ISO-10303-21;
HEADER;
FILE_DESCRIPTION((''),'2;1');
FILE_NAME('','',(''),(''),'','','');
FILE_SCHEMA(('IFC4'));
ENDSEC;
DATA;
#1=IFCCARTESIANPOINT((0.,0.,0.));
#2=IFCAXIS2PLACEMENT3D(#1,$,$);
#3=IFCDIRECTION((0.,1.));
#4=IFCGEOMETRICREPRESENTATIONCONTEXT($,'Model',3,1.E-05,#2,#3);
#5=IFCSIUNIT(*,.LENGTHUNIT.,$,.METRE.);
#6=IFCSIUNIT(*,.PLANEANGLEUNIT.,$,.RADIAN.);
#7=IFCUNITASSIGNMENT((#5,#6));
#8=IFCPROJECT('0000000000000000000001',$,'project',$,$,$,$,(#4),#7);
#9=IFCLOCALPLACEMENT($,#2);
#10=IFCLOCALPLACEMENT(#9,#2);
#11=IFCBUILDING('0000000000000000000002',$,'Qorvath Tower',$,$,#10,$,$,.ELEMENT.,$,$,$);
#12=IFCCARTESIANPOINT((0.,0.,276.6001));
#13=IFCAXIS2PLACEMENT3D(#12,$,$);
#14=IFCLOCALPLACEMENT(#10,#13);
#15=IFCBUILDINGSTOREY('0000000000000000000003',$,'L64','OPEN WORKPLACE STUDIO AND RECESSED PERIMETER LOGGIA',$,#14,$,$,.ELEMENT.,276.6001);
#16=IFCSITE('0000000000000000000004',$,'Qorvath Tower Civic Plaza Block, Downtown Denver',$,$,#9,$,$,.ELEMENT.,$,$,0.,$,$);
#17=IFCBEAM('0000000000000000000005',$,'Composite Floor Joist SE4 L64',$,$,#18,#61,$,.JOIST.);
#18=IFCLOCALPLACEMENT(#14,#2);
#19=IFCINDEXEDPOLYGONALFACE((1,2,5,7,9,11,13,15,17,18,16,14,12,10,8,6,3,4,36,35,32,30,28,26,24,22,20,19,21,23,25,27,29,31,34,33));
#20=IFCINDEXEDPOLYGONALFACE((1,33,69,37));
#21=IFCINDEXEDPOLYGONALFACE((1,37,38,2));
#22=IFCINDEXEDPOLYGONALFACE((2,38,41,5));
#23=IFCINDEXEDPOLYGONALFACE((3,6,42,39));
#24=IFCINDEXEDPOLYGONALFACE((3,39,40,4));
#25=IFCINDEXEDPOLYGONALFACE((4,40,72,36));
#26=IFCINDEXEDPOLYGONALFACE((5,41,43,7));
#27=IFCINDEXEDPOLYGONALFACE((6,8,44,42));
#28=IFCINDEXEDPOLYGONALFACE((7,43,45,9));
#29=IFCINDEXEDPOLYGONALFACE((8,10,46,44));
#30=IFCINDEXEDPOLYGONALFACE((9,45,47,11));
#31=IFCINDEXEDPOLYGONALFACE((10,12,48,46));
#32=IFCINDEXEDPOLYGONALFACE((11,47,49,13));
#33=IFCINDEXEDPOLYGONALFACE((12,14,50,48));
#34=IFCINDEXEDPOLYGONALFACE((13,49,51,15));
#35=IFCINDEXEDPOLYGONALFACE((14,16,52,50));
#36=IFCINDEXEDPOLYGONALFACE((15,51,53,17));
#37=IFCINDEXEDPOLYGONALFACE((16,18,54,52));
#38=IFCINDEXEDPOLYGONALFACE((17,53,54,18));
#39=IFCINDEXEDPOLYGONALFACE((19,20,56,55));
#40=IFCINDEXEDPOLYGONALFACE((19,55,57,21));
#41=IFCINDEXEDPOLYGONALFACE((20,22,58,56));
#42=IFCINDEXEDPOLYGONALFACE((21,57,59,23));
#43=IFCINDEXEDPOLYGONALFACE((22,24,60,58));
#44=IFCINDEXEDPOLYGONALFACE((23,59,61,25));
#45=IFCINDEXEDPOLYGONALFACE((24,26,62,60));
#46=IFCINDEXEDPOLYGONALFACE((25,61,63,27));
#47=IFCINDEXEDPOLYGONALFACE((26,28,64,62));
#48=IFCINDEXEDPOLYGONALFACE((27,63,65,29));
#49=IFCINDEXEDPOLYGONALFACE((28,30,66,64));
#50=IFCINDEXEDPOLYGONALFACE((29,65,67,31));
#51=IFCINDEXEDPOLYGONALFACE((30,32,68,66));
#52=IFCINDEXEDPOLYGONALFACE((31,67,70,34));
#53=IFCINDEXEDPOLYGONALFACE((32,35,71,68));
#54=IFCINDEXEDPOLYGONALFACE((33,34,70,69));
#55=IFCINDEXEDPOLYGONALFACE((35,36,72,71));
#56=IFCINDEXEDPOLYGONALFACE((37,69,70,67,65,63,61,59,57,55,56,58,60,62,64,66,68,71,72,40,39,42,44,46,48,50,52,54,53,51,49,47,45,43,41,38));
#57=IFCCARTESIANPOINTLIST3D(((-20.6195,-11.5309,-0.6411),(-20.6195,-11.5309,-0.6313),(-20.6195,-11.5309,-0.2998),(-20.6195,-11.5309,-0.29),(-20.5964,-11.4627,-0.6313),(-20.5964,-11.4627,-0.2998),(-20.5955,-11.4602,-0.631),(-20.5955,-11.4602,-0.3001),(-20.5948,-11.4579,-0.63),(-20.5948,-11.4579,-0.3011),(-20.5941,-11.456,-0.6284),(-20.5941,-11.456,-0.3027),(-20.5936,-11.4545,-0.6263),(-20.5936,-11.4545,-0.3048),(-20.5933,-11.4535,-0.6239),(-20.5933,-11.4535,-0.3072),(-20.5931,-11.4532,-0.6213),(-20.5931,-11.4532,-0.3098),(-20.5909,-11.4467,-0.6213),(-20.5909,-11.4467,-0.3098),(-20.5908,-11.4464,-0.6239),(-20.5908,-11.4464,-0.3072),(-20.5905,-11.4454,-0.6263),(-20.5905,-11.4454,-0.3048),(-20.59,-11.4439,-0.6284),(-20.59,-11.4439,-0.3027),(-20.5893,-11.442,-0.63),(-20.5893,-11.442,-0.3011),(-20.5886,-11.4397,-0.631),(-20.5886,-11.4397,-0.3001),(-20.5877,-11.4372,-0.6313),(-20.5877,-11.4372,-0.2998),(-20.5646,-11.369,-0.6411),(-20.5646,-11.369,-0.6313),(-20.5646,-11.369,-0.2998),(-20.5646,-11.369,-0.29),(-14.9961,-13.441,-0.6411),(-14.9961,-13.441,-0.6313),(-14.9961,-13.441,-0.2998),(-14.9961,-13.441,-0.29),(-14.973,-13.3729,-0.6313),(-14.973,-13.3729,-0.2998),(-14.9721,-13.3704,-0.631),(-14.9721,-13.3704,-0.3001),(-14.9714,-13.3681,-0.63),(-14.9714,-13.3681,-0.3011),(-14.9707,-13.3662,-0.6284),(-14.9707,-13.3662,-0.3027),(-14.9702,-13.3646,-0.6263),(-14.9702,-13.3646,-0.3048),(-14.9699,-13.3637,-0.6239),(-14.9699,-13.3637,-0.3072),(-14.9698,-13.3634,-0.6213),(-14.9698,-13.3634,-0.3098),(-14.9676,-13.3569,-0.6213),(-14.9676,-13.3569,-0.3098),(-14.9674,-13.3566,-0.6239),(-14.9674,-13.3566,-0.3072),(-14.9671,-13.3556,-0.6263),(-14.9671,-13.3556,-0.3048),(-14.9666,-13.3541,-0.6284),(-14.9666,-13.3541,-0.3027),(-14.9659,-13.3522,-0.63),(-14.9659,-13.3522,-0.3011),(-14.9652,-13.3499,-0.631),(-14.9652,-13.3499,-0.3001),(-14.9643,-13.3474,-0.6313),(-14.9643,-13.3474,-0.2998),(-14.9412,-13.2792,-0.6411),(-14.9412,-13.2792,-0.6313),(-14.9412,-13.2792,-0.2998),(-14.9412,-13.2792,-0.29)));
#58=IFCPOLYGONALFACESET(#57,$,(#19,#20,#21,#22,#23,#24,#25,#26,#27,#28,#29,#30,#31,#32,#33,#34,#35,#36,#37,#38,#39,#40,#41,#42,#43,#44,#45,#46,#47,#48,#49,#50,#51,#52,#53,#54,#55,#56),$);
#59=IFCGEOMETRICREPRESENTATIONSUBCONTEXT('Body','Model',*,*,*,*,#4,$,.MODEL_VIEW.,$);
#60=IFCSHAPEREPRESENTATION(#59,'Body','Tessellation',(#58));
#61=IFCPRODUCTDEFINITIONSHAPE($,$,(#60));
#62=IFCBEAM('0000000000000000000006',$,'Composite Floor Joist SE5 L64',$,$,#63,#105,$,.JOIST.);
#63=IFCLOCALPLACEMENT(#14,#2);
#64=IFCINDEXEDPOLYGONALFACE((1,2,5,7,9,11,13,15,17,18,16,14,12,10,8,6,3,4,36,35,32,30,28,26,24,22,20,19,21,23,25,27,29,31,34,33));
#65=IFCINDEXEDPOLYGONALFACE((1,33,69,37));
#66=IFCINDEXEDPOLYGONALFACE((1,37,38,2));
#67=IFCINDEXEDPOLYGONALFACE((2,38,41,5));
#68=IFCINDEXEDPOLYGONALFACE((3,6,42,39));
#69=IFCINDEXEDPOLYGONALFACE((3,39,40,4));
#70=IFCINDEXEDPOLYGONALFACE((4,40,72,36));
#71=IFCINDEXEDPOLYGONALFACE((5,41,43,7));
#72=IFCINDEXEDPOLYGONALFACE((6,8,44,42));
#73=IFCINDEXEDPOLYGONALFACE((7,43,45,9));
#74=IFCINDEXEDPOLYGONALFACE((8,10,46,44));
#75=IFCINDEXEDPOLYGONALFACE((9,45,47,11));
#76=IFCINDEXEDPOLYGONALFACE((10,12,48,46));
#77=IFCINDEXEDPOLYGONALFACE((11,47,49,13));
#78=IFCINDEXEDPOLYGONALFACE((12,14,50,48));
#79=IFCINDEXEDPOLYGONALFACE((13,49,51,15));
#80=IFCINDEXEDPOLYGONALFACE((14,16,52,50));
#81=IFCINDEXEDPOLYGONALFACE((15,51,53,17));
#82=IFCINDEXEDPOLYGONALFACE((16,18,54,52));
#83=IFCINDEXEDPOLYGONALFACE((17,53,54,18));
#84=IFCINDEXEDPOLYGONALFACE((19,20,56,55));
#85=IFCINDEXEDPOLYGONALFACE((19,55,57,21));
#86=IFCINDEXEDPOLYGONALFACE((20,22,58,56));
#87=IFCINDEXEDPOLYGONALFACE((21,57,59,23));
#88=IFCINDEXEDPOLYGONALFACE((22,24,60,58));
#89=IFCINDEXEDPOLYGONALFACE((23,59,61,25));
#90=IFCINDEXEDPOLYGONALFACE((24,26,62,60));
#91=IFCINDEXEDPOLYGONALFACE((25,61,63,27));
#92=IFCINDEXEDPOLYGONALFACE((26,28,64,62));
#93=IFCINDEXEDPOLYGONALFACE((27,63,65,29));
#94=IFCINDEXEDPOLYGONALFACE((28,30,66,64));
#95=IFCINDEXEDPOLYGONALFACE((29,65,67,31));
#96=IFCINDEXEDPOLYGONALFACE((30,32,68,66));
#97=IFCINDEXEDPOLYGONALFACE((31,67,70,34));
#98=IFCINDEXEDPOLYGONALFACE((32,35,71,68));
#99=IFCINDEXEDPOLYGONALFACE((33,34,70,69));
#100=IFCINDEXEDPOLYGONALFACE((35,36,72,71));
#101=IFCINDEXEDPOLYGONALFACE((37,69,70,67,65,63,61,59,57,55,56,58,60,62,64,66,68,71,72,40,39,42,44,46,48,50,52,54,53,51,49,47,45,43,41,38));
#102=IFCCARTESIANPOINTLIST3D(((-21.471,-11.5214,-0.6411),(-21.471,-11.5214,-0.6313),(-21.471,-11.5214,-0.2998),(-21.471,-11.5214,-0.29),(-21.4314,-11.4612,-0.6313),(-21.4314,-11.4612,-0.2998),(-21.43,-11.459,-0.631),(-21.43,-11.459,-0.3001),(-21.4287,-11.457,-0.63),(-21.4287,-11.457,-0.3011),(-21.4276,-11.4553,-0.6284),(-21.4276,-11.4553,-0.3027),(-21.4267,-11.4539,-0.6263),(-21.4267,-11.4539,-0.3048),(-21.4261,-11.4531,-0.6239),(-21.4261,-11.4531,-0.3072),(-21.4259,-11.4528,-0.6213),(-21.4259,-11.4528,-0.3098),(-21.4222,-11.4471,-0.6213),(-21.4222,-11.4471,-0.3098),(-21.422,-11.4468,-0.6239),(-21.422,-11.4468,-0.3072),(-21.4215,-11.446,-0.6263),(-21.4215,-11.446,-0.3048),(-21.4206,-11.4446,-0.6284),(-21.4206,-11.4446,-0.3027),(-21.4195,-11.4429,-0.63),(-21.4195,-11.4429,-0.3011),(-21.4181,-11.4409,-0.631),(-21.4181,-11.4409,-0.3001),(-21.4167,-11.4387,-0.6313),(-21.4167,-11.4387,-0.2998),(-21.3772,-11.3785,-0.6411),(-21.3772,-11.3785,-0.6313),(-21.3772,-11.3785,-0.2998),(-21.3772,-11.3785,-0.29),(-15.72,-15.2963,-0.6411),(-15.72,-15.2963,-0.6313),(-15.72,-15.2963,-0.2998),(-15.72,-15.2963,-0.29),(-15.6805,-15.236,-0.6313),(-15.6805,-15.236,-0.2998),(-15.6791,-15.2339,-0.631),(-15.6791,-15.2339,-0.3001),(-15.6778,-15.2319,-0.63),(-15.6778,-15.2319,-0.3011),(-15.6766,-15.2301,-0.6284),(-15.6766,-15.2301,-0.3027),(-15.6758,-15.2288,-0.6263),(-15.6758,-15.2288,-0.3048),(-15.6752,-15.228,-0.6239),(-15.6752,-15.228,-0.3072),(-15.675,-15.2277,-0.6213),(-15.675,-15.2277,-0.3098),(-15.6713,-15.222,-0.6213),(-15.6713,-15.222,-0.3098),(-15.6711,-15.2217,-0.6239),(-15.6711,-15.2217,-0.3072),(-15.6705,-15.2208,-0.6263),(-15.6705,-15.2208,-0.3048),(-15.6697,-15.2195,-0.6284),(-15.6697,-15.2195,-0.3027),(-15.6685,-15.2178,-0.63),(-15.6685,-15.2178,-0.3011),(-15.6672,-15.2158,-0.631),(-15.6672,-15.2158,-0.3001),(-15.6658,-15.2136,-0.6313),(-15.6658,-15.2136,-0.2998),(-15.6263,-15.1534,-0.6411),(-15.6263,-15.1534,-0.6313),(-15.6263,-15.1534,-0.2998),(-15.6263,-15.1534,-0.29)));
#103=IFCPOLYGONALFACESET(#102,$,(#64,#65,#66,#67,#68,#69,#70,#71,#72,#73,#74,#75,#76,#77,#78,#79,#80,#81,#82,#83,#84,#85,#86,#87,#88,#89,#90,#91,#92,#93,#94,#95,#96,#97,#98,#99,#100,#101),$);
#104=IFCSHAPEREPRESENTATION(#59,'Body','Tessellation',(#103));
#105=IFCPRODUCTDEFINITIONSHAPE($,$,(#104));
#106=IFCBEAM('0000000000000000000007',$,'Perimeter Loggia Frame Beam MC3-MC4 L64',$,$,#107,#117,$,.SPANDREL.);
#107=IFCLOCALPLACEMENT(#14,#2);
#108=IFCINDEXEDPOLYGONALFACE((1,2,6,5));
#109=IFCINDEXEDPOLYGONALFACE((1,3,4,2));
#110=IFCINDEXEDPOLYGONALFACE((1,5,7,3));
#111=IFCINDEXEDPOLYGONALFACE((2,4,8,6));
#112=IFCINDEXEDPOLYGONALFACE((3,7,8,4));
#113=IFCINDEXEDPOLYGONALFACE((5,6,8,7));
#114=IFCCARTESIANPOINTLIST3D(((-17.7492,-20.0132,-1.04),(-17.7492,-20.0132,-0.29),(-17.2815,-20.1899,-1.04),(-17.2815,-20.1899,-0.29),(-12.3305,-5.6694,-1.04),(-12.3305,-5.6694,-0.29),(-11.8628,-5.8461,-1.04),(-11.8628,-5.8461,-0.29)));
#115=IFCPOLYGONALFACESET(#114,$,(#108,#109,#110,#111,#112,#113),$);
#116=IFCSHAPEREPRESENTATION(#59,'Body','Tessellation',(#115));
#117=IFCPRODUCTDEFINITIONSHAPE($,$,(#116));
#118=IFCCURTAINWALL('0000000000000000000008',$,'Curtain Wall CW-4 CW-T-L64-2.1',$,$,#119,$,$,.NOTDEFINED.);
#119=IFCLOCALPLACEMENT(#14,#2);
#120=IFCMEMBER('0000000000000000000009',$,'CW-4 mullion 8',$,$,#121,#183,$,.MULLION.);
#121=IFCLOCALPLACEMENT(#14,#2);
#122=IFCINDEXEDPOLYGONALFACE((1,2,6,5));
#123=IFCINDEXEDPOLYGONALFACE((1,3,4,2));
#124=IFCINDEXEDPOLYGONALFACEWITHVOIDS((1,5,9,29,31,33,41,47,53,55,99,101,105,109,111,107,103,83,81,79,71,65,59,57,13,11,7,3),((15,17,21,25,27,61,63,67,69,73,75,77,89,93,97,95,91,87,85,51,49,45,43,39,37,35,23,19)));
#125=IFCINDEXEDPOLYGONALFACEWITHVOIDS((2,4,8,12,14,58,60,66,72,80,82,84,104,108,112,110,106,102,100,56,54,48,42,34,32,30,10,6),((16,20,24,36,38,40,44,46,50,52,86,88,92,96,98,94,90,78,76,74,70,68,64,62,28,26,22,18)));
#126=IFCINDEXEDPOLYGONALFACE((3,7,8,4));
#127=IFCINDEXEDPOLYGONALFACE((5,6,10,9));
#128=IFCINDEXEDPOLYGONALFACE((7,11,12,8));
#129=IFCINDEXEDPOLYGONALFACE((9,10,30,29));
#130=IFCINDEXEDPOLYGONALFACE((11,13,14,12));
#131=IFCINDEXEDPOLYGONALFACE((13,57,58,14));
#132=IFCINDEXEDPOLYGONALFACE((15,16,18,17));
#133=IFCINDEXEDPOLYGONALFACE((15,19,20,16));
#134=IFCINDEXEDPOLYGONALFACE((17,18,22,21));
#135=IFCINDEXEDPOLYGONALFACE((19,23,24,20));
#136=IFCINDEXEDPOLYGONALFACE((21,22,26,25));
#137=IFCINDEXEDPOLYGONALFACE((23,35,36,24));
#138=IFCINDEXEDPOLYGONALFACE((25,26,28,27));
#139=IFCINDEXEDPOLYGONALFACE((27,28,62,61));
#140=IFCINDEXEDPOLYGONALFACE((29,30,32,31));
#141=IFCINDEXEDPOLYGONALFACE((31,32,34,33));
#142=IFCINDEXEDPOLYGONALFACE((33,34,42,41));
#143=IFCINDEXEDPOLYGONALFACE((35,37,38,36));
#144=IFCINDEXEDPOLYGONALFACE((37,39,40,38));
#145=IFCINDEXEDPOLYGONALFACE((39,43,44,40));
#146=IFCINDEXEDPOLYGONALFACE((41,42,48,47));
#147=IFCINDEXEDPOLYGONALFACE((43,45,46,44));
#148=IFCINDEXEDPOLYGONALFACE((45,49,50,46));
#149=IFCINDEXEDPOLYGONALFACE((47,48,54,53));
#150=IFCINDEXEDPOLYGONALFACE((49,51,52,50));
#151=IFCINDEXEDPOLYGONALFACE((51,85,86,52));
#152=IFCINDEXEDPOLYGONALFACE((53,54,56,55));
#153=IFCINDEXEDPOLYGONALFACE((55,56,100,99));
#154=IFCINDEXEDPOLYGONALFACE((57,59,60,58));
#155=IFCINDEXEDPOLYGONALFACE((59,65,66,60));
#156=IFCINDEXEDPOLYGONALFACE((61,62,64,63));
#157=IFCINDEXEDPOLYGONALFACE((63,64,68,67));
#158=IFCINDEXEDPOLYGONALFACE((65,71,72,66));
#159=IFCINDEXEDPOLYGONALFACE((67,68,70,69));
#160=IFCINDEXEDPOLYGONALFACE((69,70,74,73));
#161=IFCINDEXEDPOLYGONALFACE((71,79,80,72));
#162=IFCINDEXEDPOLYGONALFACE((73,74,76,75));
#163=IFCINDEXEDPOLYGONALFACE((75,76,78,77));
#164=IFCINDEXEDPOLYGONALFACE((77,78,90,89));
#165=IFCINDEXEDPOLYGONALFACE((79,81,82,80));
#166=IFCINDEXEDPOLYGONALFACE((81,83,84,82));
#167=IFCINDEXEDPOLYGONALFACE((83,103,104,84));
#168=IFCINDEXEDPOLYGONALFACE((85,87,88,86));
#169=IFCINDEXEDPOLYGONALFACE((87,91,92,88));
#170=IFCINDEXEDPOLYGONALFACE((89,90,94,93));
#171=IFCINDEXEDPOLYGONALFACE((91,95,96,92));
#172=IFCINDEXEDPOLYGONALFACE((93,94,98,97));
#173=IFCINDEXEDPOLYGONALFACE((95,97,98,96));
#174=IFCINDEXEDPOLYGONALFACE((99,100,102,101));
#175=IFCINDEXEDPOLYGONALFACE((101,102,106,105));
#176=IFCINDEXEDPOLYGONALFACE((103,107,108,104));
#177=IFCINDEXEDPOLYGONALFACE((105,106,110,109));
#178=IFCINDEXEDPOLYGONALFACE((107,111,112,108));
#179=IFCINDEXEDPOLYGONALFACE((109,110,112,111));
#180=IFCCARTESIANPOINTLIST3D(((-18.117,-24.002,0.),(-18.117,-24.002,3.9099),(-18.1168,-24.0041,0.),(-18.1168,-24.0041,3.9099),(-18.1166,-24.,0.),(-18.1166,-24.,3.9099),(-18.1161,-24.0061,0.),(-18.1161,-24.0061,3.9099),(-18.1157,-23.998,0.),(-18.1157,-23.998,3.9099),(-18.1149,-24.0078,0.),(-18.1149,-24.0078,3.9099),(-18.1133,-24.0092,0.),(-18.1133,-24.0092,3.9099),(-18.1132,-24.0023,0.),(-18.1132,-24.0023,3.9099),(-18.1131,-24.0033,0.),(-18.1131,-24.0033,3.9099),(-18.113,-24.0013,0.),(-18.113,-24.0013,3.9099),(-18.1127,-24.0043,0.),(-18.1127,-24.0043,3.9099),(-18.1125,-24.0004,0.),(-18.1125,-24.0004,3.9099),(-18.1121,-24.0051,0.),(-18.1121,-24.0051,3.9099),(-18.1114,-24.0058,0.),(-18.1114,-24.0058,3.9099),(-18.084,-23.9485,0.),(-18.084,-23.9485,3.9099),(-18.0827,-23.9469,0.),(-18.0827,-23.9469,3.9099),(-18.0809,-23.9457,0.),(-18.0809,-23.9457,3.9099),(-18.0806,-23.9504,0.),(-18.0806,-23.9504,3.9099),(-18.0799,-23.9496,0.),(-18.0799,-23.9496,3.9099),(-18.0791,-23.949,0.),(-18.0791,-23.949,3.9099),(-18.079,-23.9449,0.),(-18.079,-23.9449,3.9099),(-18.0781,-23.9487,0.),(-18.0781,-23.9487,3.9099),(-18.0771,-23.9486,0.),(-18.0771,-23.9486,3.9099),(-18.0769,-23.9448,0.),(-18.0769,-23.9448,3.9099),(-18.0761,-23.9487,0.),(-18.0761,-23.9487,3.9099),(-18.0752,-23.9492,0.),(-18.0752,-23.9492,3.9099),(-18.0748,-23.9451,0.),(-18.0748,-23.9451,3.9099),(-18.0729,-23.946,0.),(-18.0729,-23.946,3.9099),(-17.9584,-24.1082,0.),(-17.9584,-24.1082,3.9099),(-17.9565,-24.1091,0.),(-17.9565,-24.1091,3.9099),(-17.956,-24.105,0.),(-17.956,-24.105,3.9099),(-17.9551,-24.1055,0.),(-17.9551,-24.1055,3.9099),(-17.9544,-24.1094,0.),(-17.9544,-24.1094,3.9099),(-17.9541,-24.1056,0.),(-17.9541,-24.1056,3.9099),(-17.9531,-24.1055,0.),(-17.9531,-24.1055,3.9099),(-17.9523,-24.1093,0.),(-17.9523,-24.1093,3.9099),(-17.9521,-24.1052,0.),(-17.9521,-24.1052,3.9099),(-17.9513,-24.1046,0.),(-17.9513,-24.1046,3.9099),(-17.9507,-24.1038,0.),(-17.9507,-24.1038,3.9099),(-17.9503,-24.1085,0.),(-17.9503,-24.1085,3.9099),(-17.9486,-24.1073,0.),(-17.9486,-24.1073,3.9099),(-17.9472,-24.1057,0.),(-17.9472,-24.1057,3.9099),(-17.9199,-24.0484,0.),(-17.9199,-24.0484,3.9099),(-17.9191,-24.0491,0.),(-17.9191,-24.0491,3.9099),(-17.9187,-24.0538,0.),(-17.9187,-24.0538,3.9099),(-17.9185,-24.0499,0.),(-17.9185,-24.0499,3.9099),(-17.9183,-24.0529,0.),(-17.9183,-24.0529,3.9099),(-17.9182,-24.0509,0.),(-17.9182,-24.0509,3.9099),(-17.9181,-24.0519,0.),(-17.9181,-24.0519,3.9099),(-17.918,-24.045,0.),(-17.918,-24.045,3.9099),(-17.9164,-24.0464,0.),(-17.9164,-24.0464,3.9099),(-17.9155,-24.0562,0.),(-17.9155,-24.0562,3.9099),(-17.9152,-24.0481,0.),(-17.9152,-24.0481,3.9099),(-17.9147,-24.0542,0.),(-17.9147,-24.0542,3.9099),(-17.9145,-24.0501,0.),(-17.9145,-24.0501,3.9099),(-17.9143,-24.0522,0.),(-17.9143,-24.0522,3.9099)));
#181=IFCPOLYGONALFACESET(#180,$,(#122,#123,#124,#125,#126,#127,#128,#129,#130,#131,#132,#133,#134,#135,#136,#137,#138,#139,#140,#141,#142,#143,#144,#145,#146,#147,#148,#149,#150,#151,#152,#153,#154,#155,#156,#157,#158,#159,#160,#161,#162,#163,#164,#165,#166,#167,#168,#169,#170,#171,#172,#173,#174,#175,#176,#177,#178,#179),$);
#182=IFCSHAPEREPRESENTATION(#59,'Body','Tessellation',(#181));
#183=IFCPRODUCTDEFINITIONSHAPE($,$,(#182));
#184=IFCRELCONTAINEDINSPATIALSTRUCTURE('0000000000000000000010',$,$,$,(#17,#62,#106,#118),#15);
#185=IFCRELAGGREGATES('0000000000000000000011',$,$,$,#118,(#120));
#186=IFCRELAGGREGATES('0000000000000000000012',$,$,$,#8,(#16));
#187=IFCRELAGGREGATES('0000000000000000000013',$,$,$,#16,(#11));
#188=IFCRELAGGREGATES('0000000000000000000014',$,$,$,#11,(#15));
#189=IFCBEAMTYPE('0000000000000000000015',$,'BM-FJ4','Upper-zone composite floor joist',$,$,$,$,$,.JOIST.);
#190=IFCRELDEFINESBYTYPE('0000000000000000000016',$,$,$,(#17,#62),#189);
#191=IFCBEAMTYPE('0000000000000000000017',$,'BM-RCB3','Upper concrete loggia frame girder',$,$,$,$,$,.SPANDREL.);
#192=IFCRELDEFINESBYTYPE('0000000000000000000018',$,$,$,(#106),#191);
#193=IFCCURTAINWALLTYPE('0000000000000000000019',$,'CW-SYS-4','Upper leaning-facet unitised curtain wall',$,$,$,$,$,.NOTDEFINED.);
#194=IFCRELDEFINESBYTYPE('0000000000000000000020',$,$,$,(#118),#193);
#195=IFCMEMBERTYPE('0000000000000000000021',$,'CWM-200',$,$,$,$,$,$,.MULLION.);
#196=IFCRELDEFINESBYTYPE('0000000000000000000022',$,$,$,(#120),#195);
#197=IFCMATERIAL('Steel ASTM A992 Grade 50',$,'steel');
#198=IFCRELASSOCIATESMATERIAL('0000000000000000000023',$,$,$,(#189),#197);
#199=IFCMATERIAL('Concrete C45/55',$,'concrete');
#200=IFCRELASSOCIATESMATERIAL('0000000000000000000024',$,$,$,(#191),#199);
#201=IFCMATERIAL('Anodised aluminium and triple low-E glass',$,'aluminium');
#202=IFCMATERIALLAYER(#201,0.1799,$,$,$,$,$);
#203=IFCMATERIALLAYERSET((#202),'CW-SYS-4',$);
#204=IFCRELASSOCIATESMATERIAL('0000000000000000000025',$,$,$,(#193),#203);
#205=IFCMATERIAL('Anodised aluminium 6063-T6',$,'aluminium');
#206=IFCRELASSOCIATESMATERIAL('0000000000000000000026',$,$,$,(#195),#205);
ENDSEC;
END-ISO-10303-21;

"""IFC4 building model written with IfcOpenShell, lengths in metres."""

from ifc_helpers import new_model, si_unit, direction, frame, origin, origin_2d, place, context, subcontext, project, spatial, rectangle, hollow_rectangle, i_section, extrude, material, layer, layer_set, material_profile, profile_set, type_object, element, aggregate, save


model = new_model("IFC4")

# Units and contexts
model_context = context("Model", 3, precision=1e-05, world=origin(), true_north=direction((0.0, 1.0)))
body_context = subcontext(model_context, "Body", "Model", "MODEL_VIEW")
ifc_project = project(units=[si_unit("LENGTHUNIT", "METRE"), si_unit("PLANEANGLEUNIT", "RADIAN")], contexts=[model_context])

# Site, building, storey
site_placement = place(None, origin())
site = spatial("IfcSite", under=ifc_project, at=site_placement, Name="Qorvath Tower Civic Plaza Block, Downtown Denver", CompositionType="ELEMENT", RefElevation=0.0)
building_placement = place(site_placement, origin())
building = spatial("IfcBuilding", under=site, at=building_placement, Name="Qorvath Tower", CompositionType="ELEMENT")
storey_placement = place(building_placement, frame((0.0, 0.0, 276.6001)))
storey = spatial("IfcBuildingStorey", under=building, at=storey_placement, Name="L64", Description="OPEN WORKPLACE STUDIO AND RECESSED PERIMETER LOGGIA", CompositionType="ELEMENT", Elevation=276.6001)

# Beams
ifc_material_1 = material(Name="Steel ASTM A992 Grade 50", Category="steel")
ifc_material_profile_1 = material_profile(ifc_material_1, i_section(OverallWidth=0.1709, OverallDepth=0.3511, WebThickness=0.0068, FlangeThickness=0.0098, FilletRadius=0.01, at=origin_2d()), Name="W14x30")
ifc_profile_set_1 = profile_set([ifc_material_profile_1], Name="Steel ASTM A992 Grade 50")
beam_type_1 = type_object("IfcBeamType", Name="BM-FJ4", Description="Upper-zone composite floor joist", PredefinedType="JOIST", material=ifc_profile_set_1)
beam_1_placement = place(storey_placement, frame((-20.592, -11.45, -0.4656), z_axis=(0.946863, -0.321637, 0.0), x_axis=(0.321637, 0.946863, 0.0)))
element("IfcBeam", 1, at=beam_1_placement, inside=storey, type_object=beam_type_1, Name="Composite Floor Joist SE4 L64", PredefinedType="JOIST", context=body_context, shape_type="SweptSolid", body=[
    extrude(i_section(OverallWidth=0.1709, OverallDepth=0.3511, WebThickness=0.0068, FlangeThickness=0.0098, FilletRadius=0.01, at=origin_2d()), origin(), (0.0, 0.0, 1.0), 5.939),
])
beam_2_placement = place(storey_placement, frame((-21.4241, -11.45, -0.4656), z_axis=(0.835993, -0.54874, 0.0), x_axis=(0.54874, 0.835993, 0.0)))
element("IfcBeam", 2, at=beam_2_placement, inside=storey, type_object=beam_type_1, Name="Composite Floor Joist SE5 L64", PredefinedType="JOIST", context=body_context, shape_type="SweptSolid", body=[
    extrude(i_section(OverallWidth=0.1709, OverallDepth=0.3511, WebThickness=0.0068, FlangeThickness=0.0098, FilletRadius=0.01, at=origin_2d()), origin(), (0.0, 0.0, 1.0), 6.8792),
])
ifc_material_2 = material(Name="Concrete C45/55", Category="concrete")
ifc_material_profile_2 = material_profile(ifc_material_2, rectangle(XDim=0.5, YDim=0.75, at=origin_2d()), Name="RCB 750x500")
ifc_profile_set_2 = profile_set([ifc_material_profile_2], Name="Concrete C45/55")
beam_type_2 = type_object("IfcBeamType", Name="BM-RCB3", Description="Upper concrete loggia frame girder", PredefinedType="SPANDREL", material=ifc_profile_set_2)
beam_3_placement = place(storey_placement, frame((-17.5154, -20.1016, -0.665), z_axis=(0.353398, 0.935473, 0.0), x_axis=(-0.935473, 0.353398, 0.0)))
element("IfcBeam", 3, at=beam_3_placement, inside=storey, type_object=beam_type_2, Name="Perimeter Loggia Frame Beam MC3-MC4 L64", PredefinedType="SPANDREL", context=body_context, shape_type="SweptSolid", body=[
    extrude(rectangle(XDim=0.5, YDim=0.75, at=origin_2d()), origin(), (0.0, 0.0, 1.0), 15.3333),
])

# Curtain wall, member
ifc_material_3 = material(Name="Anodised aluminium and triple low-E glass", Category="aluminium")
ifc_layer_1 = layer(ifc_material_3, 0.1799)
ifc_layer_set_1 = layer_set([ifc_layer_1], Name="CW-SYS-4")
curtain_wall_type = type_object("IfcCurtainWallType", Name="CW-SYS-4", Description="Upper leaning-facet unitised curtain wall", PredefinedType="NOTDEFINED", material=ifc_layer_set_1)
curtain_wall_1_placement = place(storey_placement, origin())
curtain_wall_1 = element("IfcCurtainWall", 4, at=curtain_wall_1_placement, inside=storey, type_object=curtain_wall_type, Name="Curtain Wall CW-4 CW-T-L64-2.1", PredefinedType="NOTDEFINED")
ifc_material_4 = material(Name="Anodised aluminium 6063-T6", Category="aluminium")
ifc_material_profile_3 = material_profile(ifc_material_4, hollow_rectangle(XDim=0.075, YDim=0.2, WallThickness=0.0039, InnerFilletRadius=0.0039, OuterFilletRadius=0.0081, at=origin_2d()), Name="CWM 200x75")
ifc_profile_set_3 = profile_set([ifc_material_profile_3], Name="Anodised aluminium 6063-T6")
member_type_1 = type_object("IfcMemberType", Name="CWM-200", PredefinedType="MULLION", material=ifc_profile_set_3)
member_1_placement = place(storey_placement, frame((-18.0156, -24.0271, 0.0), z_axis=(0.0, 0.0, 1.0), x_axis=(0.538534, 0.842604, 0.0)))
member_1 = element("IfcMember", 5, at=member_1_placement, type_object=member_type_1, Name="CW-4 mullion 8", PredefinedType="MULLION", context=body_context, shape_type="SweptSolid", body=[
    extrude(hollow_rectangle(XDim=0.075, YDim=0.2, WallThickness=0.0039, InnerFilletRadius=0.0039, OuterFilletRadius=0.0081, at=origin_2d()), origin(), (0.0, 0.0, 1.0), 3.9099),
])

aggregate(curtain_wall_1, [member_1])

save(model, "model.ifc")
